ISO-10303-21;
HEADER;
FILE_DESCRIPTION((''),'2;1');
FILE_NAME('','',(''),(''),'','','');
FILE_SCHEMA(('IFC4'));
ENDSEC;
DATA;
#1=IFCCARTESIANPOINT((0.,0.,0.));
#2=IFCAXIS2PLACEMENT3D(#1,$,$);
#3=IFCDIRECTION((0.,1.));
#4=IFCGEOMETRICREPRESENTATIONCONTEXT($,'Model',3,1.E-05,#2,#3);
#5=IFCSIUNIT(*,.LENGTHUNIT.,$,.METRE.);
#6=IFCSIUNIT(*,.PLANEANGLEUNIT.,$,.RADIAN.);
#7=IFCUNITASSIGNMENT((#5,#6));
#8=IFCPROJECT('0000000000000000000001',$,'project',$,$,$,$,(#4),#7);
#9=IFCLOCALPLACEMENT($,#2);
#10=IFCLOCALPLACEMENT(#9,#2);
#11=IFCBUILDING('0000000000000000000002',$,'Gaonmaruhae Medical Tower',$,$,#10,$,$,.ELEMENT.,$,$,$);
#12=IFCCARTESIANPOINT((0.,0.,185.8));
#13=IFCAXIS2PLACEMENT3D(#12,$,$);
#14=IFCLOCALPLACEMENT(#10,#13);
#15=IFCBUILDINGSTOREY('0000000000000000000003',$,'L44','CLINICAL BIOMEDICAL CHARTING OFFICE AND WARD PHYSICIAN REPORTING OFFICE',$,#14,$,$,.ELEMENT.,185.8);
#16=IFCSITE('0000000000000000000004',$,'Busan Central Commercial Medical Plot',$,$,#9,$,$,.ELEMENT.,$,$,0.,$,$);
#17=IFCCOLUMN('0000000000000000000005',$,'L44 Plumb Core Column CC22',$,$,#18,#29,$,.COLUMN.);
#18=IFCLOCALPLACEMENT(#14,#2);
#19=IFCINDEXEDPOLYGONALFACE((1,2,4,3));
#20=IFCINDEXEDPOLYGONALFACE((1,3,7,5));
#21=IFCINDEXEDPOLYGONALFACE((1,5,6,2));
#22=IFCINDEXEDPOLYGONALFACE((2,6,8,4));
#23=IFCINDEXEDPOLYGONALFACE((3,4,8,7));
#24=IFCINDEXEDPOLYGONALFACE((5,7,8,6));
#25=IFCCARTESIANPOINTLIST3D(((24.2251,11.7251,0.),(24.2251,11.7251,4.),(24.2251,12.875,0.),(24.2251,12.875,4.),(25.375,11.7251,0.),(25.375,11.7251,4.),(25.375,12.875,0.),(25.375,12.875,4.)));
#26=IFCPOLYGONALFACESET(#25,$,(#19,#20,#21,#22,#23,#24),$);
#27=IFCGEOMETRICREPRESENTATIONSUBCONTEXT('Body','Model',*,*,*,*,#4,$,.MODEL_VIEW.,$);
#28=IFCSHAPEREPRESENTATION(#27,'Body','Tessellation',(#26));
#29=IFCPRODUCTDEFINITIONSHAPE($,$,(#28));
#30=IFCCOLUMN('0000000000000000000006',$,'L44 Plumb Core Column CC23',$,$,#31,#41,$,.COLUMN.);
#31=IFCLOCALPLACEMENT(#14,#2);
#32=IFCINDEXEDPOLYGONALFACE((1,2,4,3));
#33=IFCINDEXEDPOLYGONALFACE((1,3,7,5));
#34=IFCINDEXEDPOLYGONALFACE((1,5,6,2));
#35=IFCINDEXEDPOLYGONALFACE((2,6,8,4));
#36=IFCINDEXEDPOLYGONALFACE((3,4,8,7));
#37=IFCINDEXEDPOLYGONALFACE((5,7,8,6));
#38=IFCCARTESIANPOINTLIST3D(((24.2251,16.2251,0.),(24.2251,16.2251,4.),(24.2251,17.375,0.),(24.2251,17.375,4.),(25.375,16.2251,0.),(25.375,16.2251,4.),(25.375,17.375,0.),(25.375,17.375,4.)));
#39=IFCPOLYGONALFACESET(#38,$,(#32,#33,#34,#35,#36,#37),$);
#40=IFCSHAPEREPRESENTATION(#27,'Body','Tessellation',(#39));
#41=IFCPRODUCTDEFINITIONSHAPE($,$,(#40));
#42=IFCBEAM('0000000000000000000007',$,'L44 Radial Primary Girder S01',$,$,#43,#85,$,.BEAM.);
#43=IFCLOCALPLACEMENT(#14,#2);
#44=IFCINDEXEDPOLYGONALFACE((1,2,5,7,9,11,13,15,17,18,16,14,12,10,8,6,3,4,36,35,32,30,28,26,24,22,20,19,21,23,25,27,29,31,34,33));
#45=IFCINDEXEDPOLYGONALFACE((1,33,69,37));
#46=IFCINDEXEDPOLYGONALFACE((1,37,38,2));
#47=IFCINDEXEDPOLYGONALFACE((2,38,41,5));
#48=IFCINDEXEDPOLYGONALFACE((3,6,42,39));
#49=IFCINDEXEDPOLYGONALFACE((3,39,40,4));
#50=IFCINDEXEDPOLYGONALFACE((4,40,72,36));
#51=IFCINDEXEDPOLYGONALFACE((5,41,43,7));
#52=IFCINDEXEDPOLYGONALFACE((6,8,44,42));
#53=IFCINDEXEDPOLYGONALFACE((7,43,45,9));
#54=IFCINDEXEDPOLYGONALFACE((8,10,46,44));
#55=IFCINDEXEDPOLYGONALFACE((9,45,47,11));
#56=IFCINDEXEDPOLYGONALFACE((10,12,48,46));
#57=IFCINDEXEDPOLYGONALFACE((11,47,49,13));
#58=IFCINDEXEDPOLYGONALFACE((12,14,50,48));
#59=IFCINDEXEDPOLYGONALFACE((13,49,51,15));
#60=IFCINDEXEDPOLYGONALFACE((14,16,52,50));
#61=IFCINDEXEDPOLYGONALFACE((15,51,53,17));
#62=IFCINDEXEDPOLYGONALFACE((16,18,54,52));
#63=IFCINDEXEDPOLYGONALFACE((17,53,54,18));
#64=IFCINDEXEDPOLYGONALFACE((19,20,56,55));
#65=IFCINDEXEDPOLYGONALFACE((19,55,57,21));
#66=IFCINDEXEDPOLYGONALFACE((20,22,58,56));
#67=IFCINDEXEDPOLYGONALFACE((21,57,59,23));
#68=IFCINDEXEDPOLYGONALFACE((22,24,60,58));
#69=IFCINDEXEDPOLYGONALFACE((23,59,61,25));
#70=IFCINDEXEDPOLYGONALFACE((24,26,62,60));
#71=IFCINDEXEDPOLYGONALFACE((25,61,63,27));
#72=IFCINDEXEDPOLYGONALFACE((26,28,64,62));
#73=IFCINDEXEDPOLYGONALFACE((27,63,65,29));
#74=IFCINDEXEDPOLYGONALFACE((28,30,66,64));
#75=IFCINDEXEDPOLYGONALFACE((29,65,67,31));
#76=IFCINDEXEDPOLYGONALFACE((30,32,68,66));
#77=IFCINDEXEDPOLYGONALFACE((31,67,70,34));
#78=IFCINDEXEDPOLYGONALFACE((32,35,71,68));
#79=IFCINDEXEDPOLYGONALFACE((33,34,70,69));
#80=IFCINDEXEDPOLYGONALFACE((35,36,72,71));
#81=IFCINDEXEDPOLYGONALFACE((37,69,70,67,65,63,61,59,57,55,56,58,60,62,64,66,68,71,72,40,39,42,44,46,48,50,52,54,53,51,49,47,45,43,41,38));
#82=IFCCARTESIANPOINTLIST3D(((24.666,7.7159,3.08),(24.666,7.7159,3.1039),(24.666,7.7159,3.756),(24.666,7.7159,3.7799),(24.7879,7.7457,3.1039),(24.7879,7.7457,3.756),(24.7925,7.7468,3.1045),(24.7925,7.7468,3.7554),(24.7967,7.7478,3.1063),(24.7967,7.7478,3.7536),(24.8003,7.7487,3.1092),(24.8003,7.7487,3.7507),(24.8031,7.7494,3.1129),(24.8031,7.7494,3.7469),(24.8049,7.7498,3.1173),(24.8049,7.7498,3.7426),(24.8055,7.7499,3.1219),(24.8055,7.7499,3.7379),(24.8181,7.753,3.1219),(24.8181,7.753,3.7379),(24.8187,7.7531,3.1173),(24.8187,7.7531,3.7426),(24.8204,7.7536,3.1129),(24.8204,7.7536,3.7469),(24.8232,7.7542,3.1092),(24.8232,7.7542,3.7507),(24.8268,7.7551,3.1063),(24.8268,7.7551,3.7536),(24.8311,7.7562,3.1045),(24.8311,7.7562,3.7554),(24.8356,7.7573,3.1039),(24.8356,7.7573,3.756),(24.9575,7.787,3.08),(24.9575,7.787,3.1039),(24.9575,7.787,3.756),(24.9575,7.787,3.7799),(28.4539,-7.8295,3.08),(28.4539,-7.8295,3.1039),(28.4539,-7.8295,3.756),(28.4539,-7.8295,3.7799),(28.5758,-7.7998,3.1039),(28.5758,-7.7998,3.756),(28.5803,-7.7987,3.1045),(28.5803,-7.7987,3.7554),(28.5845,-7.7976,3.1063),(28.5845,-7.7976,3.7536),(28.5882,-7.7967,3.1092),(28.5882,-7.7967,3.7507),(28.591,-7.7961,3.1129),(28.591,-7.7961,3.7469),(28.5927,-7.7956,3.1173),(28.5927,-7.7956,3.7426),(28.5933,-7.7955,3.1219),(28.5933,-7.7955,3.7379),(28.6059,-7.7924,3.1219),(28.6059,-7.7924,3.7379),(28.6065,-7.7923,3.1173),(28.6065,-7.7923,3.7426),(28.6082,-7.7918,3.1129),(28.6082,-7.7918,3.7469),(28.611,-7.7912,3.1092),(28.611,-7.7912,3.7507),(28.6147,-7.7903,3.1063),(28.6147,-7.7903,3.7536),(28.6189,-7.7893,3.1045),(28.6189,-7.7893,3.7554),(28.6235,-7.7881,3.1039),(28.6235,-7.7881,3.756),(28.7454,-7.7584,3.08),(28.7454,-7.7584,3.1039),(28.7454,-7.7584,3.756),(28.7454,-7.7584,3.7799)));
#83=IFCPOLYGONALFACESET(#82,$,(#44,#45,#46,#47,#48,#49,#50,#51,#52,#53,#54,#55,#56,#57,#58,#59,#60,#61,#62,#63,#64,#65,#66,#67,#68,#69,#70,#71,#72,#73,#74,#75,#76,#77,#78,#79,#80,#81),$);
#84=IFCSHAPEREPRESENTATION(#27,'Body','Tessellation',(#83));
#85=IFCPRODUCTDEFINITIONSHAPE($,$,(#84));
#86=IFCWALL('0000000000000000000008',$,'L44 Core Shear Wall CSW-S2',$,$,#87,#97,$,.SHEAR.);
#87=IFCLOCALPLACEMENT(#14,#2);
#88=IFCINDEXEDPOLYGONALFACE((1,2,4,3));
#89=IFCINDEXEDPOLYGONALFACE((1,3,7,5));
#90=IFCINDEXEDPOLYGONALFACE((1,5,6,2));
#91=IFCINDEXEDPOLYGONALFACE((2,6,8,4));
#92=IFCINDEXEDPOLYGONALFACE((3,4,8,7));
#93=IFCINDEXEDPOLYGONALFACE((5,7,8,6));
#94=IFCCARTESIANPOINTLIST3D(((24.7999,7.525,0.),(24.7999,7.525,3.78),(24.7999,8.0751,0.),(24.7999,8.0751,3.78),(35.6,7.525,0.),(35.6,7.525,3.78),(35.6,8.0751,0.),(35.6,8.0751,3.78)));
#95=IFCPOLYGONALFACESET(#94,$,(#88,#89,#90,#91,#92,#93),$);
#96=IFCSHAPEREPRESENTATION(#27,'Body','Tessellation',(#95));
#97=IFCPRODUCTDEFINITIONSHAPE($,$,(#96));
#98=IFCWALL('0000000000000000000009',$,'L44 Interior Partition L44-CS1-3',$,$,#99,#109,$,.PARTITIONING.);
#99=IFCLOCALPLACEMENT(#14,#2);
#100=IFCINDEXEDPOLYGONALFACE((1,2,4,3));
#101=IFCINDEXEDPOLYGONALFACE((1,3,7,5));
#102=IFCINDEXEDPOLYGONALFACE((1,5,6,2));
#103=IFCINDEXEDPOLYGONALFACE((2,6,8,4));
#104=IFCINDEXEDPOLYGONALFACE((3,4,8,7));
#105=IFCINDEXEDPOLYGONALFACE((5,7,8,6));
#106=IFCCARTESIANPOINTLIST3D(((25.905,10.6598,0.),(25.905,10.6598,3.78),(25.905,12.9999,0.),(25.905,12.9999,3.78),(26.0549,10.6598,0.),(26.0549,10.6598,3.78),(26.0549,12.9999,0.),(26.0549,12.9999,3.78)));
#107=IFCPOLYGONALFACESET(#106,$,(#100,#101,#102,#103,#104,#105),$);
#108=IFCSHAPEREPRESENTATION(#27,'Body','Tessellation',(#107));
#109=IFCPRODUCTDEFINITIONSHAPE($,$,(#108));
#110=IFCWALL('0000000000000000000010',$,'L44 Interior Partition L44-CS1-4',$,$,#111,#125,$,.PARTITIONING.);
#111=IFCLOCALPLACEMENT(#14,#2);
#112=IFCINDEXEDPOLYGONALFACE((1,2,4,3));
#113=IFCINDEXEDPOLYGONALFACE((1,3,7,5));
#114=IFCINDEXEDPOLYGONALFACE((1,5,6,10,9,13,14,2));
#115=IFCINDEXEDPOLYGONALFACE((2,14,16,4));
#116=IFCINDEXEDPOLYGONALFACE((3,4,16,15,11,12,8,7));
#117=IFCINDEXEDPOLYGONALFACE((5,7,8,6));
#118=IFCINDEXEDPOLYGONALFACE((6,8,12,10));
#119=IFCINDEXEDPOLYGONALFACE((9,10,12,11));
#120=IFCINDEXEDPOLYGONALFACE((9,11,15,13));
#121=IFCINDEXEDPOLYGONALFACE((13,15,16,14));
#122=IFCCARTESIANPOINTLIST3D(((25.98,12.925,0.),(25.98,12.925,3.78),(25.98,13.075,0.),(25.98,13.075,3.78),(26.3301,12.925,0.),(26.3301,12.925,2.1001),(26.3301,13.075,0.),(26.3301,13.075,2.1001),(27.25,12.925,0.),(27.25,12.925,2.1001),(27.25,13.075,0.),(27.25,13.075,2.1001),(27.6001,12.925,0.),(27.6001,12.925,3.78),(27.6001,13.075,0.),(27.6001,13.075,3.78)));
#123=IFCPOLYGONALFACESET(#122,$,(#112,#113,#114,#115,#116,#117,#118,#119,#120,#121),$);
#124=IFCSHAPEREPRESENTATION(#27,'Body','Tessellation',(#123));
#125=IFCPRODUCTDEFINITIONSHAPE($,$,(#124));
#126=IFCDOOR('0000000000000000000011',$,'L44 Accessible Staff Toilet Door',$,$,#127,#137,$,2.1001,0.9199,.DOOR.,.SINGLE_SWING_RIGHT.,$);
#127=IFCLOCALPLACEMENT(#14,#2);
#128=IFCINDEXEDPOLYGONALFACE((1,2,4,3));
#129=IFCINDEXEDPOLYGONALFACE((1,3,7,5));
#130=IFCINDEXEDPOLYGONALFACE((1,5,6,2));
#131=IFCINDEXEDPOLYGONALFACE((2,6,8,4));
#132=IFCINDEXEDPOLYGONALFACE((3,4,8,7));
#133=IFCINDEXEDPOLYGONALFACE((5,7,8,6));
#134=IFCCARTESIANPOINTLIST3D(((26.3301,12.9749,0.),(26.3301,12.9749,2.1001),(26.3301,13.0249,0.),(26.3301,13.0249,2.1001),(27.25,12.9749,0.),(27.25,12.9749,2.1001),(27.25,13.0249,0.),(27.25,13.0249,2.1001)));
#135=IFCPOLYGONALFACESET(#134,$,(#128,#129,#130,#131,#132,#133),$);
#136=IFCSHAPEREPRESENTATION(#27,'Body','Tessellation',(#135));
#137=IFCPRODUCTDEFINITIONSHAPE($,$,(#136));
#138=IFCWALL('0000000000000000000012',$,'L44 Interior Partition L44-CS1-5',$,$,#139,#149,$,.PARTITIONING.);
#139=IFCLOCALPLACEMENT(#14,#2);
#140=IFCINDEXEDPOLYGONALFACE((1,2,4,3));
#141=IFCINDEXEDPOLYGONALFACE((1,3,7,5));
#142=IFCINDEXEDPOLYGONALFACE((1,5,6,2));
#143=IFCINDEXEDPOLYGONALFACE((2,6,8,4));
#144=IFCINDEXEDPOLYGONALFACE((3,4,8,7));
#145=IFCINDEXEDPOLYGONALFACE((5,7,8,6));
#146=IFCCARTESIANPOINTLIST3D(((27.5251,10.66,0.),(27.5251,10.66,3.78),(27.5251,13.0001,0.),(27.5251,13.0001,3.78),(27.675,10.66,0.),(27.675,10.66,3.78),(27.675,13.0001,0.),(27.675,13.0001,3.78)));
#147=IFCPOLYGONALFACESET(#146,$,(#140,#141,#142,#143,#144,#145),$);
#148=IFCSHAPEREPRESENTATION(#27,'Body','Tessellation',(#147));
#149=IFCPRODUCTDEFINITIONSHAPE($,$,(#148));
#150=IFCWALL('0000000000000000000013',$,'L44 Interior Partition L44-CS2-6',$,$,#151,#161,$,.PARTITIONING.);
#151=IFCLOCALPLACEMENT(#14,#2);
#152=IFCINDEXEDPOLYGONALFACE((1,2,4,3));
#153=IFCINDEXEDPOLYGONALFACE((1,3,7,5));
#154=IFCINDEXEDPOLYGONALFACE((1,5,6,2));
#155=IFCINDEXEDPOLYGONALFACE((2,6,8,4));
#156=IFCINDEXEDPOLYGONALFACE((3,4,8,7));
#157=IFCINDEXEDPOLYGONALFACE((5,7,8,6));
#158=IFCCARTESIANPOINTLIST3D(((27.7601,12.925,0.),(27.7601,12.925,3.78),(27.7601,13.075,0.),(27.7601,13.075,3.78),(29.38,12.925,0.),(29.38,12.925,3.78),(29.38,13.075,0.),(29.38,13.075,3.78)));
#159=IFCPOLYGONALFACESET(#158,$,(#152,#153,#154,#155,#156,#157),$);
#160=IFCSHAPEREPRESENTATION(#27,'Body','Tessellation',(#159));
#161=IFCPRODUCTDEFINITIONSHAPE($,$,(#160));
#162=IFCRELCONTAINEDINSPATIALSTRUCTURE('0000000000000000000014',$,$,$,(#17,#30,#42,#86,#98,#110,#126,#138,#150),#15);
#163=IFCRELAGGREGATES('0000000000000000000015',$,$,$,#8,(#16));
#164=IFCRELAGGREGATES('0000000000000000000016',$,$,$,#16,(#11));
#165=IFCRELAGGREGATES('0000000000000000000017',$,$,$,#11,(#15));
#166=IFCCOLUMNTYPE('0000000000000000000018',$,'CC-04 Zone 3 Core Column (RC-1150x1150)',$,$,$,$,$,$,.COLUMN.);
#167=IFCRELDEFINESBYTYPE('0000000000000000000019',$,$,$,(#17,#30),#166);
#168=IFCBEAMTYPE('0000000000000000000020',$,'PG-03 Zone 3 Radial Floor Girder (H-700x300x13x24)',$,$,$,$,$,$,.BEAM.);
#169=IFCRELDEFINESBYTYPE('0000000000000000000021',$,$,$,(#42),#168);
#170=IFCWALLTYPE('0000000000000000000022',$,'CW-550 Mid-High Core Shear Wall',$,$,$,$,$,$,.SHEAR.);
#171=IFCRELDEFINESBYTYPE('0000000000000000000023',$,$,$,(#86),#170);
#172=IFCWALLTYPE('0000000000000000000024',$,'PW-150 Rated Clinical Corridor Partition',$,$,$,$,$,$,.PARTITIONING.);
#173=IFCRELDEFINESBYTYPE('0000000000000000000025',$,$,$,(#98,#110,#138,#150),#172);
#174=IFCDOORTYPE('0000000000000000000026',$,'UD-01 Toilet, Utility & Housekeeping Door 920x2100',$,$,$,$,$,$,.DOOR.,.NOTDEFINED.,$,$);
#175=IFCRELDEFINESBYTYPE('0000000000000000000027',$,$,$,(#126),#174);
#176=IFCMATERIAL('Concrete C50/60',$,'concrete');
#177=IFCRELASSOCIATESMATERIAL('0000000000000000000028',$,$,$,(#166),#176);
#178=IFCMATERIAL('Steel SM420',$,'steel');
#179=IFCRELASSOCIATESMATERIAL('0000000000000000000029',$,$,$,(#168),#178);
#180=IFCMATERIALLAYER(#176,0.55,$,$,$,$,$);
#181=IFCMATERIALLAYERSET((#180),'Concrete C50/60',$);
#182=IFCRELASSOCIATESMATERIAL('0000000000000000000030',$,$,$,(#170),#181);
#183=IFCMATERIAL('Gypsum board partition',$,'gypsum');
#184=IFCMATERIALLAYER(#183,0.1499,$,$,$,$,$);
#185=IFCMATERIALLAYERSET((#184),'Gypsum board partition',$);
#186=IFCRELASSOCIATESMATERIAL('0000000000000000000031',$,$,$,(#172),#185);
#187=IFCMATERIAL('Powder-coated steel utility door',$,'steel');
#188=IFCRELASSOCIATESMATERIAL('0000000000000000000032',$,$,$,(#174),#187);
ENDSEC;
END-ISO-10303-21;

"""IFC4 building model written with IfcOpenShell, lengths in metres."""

from ifc_helpers import new_model, si_unit, direction, frame, frame_2d, origin, origin_2d, place, context, subcontext, project, spatial, rectangle, i_section, extrude, material, layer, layer_set, material_profile, profile_set, type_object, element, fill, save


model = new_model("IFC4")

# Units and contexts
model_context = context("Model", 3, precision=1e-05, world=origin(), true_north=direction((0.0, 1.0)))
body_context = subcontext(model_context, "Body", "Model", "MODEL_VIEW")
ifc_project = project(units=[si_unit("LENGTHUNIT", "METRE"), si_unit("PLANEANGLEUNIT", "RADIAN")], contexts=[model_context])

# Site, building, storey
site_placement = place(None, origin())
site = spatial("IfcSite", under=ifc_project, at=site_placement, Name="Busan Central Commercial Medical Plot", CompositionType="ELEMENT", RefElevation=0.0)
building_placement = place(site_placement, origin())
building = spatial("IfcBuilding", under=site, at=building_placement, Name="Gaonmaruhae Medical Tower", CompositionType="ELEMENT")
storey_placement = place(building_placement, frame((0.0, 0.0, 185.8)))
storey = spatial("IfcBuildingStorey", under=building, at=storey_placement, Name="L44", Description="CLINICAL BIOMEDICAL CHARTING OFFICE AND WARD PHYSICIAN REPORTING OFFICE", CompositionType="ELEMENT", Elevation=185.8)

# Columns
ifc_material_1 = material(Name="Concrete C50/60", Category="concrete")
ifc_material_profile_1 = material_profile(ifc_material_1, rectangle(XDim=1.1499, YDim=1.1499, at=origin_2d()), Name="RC-1150x1150")
ifc_profile_set_1 = profile_set([ifc_material_profile_1], Name="Concrete C50/60")
column_type = type_object("IfcColumnType", Name="CC-04 Zone 3 Core Column (RC-1150x1150)", PredefinedType="COLUMN", material=ifc_profile_set_1)
for number, where, z_axis, x_axis, name in (
    (1, (24.8, 12.3, 0.0), (0.0, 0.0, 1.0), (1.0, 0.0, 0.0), "L44 Plumb Core Column CC22"),
    (2, (24.8, 16.8, 0.0), (0.0, 0.0, 1.0), (1.0, 0.0, 0.0), "L44 Plumb Core Column CC23"),
):
    element("IfcColumn", number, at=place(storey_placement, frame(where, z_axis=z_axis, x_axis=x_axis)), inside=storey, type_object=column_type, Name=name, PredefinedType="COLUMN", context=body_context, shape_type="SweptSolid", body=[
        extrude(rectangle(XDim=1.1499, YDim=1.1499, at=origin_2d()), origin(), (0.0, 0.0, 1.0), 4.0),
    ])

# Beam
ifc_material_2 = material(Name="Steel SM420", Category="steel")
ifc_material_profile_2 = material_profile(ifc_material_2, i_section(OverallWidth=0.3, OverallDepth=0.7, WebThickness=0.0129, FlangeThickness=0.0239, FilletRadius=0.0181, at=origin_2d()), Name="H-700x300x13x24")
ifc_profile_set_2 = profile_set([ifc_material_profile_2], Name="Steel SM420")
beam_type = type_object("IfcBeamType", Name="PG-03 Zone 3 Radial Floor Girder (H-700x300x13x24)", PredefinedType="BEAM", material=ifc_profile_set_2)
beam_placement = place(storey_placement, frame((24.8118, 7.7515, 3.4299), z_axis=(0.236737, -0.971574, 0.0), x_axis=(0.971574, 0.236737, 0.0)))
element("IfcBeam", 3, at=beam_placement, inside=storey, type_object=beam_type, Name="L44 Radial Primary Girder S01", PredefinedType="BEAM", context=body_context, shape_type="SweptSolid", body=[
    extrude(i_section(OverallWidth=0.3, OverallDepth=0.7, WebThickness=0.0129, FlangeThickness=0.0239, FilletRadius=0.0181, at=origin_2d()), origin(), (0.0, 0.0, 1.0), 16.0002),
])

# Walls
ifc_layer_1 = layer(ifc_material_1, 0.55)
ifc_layer_set_1 = layer_set([ifc_layer_1], Name="Concrete C50/60")
wall_type_1 = type_object("IfcWallType", Name="CW-550 Mid-High Core Shear Wall", PredefinedType="SHEAR", material=ifc_layer_set_1)
wall_1_placement = place(storey_placement, frame((24.8, 7.8, 0.0), z_axis=(0.0, 0.0, 1.0), x_axis=(1.0, 0.0, 0.0)))
element("IfcWall", 4, at=wall_1_placement, inside=storey, type_object=wall_type_1, Name="L44 Core Shear Wall CSW-S2", PredefinedType="SHEAR", context=body_context, shape_type="SweptSolid", body=[
    extrude(rectangle(XDim=10.8, YDim=0.55, at=frame_2d((5.3999, 0.0))), origin(), (0.0, 0.0, 1.0), 3.78),
])
ifc_material_3 = material(Name="Gypsum board partition", Category="gypsum")
ifc_layer_2 = layer(ifc_material_3, 0.1499)
ifc_layer_set_2 = layer_set([ifc_layer_2], Name="Gypsum board partition")
wall_type_2 = type_object("IfcWallType", Name="PW-150 Rated Clinical Corridor Partition", PredefinedType="PARTITIONING", material=ifc_layer_set_2)
wall_2_placement = place(storey_placement, frame((25.98, 10.6599, 0.0), z_axis=(0.0, 0.0, 1.0), x_axis=(0.0, 1.0, 0.0)))
element("IfcWall", 5, at=wall_2_placement, inside=storey, type_object=wall_type_2, Name="L44 Interior Partition L44-CS1-3", PredefinedType="PARTITIONING", context=body_context, shape_type="SweptSolid", body=[
    extrude(rectangle(XDim=2.3401, YDim=0.1499, at=frame_2d((1.1699, 0.0))), origin(), (0.0, 0.0, 1.0), 3.78),
])

# Wall, opening, door
wall_3_placement = place(storey_placement, frame((25.98, 13.0, 0.0), z_axis=(0.0, 0.0, 1.0), x_axis=(1.0, 0.0, 0.0)))
wall_3 = element("IfcWall", 6, at=wall_3_placement, inside=storey, type_object=wall_type_2, Name="L44 Interior Partition L44-CS1-4", PredefinedType="PARTITIONING", context=body_context, shape_type="SweptSolid", body=[
    extrude(rectangle(XDim=1.6201, YDim=0.1499, at=frame_2d((0.8101, 0.0))), origin(), (0.0, 0.0, 1.0), 3.78),
])
opening_1_placement = place(wall_3_placement, frame((0.3501, 0.0, 0.0)))
opening_1 = element("IfcOpeningElement", 7, at=opening_1_placement, cuts=wall_3, PredefinedType="OPENING", context=body_context, shape_type="SweptSolid", body=[
    extrude(rectangle(XDim=0.9199, YDim=2.1001, at=frame_2d((0.46, 1.05))), frame((0.0, 0.085, 0.0), z_axis=(0.0, -1.0, 0.0), x_axis=(1.0, 0.0, 0.0)), (0.0, 0.0, 1.0), 0.1699),
])
ifc_material_4 = material(Name="Powder-coated steel utility door", Category="steel")
door_type_1 = type_object("IfcDoorType", Name="UD-01 Toilet, Utility & Housekeeping Door 920x2100", OperationType="NOTDEFINED", PredefinedType="DOOR", material=ifc_material_4)
door_1_placement = place(opening_1_placement, origin())
door_1 = element("IfcDoor", 8, at=door_1_placement, inside=storey, type_object=door_type_1, Name="L44 Accessible Staff Toilet Door", OperationType="SINGLE_SWING_RIGHT", OverallHeight=2.1001, OverallWidth=0.9199, PredefinedType="DOOR", context=body_context, shape_type="SweptSolid", body=[
    extrude(rectangle(XDim=0.9199, YDim=2.1001, at=frame_2d((0.46, 1.05))), frame((0.0, 0.0249, 0.0), z_axis=(0.0, -1.0, 0.0), x_axis=(1.0, 0.0, 0.0)), (0.0, 0.0, 1.0), 0.05),
])
fill(opening_1, door_1)

# Walls
wall_4_placement = place(storey_placement, frame((27.6001, 13.0, 0.0), z_axis=(0.0, 0.0, 1.0), x_axis=(0.0, -1.0, 0.0)))
element("IfcWall", 9, at=wall_4_placement, inside=storey, type_object=wall_type_2, Name="L44 Interior Partition L44-CS1-5", PredefinedType="PARTITIONING", context=body_context, shape_type="SweptSolid", body=[
    extrude(rectangle(XDim=2.3401, YDim=0.1499, at=frame_2d((1.1699, 0.0))), origin(), (0.0, 0.0, 1.0), 3.78),
])
wall_5_placement = place(storey_placement, frame((27.76, 13.0, 0.0), z_axis=(0.0, 0.0, 1.0), x_axis=(1.0, 0.0, 0.0)))
element("IfcWall", 10, at=wall_5_placement, inside=storey, type_object=wall_type_2, Name="L44 Interior Partition L44-CS2-6", PredefinedType="PARTITIONING", context=body_context, shape_type="SweptSolid", body=[
    extrude(rectangle(XDim=1.6199, YDim=0.1499, at=frame_2d((0.8101, 0.0))), origin(), (0.0, 0.0, 1.0), 3.78),
])

save(model, "model.ifc")
